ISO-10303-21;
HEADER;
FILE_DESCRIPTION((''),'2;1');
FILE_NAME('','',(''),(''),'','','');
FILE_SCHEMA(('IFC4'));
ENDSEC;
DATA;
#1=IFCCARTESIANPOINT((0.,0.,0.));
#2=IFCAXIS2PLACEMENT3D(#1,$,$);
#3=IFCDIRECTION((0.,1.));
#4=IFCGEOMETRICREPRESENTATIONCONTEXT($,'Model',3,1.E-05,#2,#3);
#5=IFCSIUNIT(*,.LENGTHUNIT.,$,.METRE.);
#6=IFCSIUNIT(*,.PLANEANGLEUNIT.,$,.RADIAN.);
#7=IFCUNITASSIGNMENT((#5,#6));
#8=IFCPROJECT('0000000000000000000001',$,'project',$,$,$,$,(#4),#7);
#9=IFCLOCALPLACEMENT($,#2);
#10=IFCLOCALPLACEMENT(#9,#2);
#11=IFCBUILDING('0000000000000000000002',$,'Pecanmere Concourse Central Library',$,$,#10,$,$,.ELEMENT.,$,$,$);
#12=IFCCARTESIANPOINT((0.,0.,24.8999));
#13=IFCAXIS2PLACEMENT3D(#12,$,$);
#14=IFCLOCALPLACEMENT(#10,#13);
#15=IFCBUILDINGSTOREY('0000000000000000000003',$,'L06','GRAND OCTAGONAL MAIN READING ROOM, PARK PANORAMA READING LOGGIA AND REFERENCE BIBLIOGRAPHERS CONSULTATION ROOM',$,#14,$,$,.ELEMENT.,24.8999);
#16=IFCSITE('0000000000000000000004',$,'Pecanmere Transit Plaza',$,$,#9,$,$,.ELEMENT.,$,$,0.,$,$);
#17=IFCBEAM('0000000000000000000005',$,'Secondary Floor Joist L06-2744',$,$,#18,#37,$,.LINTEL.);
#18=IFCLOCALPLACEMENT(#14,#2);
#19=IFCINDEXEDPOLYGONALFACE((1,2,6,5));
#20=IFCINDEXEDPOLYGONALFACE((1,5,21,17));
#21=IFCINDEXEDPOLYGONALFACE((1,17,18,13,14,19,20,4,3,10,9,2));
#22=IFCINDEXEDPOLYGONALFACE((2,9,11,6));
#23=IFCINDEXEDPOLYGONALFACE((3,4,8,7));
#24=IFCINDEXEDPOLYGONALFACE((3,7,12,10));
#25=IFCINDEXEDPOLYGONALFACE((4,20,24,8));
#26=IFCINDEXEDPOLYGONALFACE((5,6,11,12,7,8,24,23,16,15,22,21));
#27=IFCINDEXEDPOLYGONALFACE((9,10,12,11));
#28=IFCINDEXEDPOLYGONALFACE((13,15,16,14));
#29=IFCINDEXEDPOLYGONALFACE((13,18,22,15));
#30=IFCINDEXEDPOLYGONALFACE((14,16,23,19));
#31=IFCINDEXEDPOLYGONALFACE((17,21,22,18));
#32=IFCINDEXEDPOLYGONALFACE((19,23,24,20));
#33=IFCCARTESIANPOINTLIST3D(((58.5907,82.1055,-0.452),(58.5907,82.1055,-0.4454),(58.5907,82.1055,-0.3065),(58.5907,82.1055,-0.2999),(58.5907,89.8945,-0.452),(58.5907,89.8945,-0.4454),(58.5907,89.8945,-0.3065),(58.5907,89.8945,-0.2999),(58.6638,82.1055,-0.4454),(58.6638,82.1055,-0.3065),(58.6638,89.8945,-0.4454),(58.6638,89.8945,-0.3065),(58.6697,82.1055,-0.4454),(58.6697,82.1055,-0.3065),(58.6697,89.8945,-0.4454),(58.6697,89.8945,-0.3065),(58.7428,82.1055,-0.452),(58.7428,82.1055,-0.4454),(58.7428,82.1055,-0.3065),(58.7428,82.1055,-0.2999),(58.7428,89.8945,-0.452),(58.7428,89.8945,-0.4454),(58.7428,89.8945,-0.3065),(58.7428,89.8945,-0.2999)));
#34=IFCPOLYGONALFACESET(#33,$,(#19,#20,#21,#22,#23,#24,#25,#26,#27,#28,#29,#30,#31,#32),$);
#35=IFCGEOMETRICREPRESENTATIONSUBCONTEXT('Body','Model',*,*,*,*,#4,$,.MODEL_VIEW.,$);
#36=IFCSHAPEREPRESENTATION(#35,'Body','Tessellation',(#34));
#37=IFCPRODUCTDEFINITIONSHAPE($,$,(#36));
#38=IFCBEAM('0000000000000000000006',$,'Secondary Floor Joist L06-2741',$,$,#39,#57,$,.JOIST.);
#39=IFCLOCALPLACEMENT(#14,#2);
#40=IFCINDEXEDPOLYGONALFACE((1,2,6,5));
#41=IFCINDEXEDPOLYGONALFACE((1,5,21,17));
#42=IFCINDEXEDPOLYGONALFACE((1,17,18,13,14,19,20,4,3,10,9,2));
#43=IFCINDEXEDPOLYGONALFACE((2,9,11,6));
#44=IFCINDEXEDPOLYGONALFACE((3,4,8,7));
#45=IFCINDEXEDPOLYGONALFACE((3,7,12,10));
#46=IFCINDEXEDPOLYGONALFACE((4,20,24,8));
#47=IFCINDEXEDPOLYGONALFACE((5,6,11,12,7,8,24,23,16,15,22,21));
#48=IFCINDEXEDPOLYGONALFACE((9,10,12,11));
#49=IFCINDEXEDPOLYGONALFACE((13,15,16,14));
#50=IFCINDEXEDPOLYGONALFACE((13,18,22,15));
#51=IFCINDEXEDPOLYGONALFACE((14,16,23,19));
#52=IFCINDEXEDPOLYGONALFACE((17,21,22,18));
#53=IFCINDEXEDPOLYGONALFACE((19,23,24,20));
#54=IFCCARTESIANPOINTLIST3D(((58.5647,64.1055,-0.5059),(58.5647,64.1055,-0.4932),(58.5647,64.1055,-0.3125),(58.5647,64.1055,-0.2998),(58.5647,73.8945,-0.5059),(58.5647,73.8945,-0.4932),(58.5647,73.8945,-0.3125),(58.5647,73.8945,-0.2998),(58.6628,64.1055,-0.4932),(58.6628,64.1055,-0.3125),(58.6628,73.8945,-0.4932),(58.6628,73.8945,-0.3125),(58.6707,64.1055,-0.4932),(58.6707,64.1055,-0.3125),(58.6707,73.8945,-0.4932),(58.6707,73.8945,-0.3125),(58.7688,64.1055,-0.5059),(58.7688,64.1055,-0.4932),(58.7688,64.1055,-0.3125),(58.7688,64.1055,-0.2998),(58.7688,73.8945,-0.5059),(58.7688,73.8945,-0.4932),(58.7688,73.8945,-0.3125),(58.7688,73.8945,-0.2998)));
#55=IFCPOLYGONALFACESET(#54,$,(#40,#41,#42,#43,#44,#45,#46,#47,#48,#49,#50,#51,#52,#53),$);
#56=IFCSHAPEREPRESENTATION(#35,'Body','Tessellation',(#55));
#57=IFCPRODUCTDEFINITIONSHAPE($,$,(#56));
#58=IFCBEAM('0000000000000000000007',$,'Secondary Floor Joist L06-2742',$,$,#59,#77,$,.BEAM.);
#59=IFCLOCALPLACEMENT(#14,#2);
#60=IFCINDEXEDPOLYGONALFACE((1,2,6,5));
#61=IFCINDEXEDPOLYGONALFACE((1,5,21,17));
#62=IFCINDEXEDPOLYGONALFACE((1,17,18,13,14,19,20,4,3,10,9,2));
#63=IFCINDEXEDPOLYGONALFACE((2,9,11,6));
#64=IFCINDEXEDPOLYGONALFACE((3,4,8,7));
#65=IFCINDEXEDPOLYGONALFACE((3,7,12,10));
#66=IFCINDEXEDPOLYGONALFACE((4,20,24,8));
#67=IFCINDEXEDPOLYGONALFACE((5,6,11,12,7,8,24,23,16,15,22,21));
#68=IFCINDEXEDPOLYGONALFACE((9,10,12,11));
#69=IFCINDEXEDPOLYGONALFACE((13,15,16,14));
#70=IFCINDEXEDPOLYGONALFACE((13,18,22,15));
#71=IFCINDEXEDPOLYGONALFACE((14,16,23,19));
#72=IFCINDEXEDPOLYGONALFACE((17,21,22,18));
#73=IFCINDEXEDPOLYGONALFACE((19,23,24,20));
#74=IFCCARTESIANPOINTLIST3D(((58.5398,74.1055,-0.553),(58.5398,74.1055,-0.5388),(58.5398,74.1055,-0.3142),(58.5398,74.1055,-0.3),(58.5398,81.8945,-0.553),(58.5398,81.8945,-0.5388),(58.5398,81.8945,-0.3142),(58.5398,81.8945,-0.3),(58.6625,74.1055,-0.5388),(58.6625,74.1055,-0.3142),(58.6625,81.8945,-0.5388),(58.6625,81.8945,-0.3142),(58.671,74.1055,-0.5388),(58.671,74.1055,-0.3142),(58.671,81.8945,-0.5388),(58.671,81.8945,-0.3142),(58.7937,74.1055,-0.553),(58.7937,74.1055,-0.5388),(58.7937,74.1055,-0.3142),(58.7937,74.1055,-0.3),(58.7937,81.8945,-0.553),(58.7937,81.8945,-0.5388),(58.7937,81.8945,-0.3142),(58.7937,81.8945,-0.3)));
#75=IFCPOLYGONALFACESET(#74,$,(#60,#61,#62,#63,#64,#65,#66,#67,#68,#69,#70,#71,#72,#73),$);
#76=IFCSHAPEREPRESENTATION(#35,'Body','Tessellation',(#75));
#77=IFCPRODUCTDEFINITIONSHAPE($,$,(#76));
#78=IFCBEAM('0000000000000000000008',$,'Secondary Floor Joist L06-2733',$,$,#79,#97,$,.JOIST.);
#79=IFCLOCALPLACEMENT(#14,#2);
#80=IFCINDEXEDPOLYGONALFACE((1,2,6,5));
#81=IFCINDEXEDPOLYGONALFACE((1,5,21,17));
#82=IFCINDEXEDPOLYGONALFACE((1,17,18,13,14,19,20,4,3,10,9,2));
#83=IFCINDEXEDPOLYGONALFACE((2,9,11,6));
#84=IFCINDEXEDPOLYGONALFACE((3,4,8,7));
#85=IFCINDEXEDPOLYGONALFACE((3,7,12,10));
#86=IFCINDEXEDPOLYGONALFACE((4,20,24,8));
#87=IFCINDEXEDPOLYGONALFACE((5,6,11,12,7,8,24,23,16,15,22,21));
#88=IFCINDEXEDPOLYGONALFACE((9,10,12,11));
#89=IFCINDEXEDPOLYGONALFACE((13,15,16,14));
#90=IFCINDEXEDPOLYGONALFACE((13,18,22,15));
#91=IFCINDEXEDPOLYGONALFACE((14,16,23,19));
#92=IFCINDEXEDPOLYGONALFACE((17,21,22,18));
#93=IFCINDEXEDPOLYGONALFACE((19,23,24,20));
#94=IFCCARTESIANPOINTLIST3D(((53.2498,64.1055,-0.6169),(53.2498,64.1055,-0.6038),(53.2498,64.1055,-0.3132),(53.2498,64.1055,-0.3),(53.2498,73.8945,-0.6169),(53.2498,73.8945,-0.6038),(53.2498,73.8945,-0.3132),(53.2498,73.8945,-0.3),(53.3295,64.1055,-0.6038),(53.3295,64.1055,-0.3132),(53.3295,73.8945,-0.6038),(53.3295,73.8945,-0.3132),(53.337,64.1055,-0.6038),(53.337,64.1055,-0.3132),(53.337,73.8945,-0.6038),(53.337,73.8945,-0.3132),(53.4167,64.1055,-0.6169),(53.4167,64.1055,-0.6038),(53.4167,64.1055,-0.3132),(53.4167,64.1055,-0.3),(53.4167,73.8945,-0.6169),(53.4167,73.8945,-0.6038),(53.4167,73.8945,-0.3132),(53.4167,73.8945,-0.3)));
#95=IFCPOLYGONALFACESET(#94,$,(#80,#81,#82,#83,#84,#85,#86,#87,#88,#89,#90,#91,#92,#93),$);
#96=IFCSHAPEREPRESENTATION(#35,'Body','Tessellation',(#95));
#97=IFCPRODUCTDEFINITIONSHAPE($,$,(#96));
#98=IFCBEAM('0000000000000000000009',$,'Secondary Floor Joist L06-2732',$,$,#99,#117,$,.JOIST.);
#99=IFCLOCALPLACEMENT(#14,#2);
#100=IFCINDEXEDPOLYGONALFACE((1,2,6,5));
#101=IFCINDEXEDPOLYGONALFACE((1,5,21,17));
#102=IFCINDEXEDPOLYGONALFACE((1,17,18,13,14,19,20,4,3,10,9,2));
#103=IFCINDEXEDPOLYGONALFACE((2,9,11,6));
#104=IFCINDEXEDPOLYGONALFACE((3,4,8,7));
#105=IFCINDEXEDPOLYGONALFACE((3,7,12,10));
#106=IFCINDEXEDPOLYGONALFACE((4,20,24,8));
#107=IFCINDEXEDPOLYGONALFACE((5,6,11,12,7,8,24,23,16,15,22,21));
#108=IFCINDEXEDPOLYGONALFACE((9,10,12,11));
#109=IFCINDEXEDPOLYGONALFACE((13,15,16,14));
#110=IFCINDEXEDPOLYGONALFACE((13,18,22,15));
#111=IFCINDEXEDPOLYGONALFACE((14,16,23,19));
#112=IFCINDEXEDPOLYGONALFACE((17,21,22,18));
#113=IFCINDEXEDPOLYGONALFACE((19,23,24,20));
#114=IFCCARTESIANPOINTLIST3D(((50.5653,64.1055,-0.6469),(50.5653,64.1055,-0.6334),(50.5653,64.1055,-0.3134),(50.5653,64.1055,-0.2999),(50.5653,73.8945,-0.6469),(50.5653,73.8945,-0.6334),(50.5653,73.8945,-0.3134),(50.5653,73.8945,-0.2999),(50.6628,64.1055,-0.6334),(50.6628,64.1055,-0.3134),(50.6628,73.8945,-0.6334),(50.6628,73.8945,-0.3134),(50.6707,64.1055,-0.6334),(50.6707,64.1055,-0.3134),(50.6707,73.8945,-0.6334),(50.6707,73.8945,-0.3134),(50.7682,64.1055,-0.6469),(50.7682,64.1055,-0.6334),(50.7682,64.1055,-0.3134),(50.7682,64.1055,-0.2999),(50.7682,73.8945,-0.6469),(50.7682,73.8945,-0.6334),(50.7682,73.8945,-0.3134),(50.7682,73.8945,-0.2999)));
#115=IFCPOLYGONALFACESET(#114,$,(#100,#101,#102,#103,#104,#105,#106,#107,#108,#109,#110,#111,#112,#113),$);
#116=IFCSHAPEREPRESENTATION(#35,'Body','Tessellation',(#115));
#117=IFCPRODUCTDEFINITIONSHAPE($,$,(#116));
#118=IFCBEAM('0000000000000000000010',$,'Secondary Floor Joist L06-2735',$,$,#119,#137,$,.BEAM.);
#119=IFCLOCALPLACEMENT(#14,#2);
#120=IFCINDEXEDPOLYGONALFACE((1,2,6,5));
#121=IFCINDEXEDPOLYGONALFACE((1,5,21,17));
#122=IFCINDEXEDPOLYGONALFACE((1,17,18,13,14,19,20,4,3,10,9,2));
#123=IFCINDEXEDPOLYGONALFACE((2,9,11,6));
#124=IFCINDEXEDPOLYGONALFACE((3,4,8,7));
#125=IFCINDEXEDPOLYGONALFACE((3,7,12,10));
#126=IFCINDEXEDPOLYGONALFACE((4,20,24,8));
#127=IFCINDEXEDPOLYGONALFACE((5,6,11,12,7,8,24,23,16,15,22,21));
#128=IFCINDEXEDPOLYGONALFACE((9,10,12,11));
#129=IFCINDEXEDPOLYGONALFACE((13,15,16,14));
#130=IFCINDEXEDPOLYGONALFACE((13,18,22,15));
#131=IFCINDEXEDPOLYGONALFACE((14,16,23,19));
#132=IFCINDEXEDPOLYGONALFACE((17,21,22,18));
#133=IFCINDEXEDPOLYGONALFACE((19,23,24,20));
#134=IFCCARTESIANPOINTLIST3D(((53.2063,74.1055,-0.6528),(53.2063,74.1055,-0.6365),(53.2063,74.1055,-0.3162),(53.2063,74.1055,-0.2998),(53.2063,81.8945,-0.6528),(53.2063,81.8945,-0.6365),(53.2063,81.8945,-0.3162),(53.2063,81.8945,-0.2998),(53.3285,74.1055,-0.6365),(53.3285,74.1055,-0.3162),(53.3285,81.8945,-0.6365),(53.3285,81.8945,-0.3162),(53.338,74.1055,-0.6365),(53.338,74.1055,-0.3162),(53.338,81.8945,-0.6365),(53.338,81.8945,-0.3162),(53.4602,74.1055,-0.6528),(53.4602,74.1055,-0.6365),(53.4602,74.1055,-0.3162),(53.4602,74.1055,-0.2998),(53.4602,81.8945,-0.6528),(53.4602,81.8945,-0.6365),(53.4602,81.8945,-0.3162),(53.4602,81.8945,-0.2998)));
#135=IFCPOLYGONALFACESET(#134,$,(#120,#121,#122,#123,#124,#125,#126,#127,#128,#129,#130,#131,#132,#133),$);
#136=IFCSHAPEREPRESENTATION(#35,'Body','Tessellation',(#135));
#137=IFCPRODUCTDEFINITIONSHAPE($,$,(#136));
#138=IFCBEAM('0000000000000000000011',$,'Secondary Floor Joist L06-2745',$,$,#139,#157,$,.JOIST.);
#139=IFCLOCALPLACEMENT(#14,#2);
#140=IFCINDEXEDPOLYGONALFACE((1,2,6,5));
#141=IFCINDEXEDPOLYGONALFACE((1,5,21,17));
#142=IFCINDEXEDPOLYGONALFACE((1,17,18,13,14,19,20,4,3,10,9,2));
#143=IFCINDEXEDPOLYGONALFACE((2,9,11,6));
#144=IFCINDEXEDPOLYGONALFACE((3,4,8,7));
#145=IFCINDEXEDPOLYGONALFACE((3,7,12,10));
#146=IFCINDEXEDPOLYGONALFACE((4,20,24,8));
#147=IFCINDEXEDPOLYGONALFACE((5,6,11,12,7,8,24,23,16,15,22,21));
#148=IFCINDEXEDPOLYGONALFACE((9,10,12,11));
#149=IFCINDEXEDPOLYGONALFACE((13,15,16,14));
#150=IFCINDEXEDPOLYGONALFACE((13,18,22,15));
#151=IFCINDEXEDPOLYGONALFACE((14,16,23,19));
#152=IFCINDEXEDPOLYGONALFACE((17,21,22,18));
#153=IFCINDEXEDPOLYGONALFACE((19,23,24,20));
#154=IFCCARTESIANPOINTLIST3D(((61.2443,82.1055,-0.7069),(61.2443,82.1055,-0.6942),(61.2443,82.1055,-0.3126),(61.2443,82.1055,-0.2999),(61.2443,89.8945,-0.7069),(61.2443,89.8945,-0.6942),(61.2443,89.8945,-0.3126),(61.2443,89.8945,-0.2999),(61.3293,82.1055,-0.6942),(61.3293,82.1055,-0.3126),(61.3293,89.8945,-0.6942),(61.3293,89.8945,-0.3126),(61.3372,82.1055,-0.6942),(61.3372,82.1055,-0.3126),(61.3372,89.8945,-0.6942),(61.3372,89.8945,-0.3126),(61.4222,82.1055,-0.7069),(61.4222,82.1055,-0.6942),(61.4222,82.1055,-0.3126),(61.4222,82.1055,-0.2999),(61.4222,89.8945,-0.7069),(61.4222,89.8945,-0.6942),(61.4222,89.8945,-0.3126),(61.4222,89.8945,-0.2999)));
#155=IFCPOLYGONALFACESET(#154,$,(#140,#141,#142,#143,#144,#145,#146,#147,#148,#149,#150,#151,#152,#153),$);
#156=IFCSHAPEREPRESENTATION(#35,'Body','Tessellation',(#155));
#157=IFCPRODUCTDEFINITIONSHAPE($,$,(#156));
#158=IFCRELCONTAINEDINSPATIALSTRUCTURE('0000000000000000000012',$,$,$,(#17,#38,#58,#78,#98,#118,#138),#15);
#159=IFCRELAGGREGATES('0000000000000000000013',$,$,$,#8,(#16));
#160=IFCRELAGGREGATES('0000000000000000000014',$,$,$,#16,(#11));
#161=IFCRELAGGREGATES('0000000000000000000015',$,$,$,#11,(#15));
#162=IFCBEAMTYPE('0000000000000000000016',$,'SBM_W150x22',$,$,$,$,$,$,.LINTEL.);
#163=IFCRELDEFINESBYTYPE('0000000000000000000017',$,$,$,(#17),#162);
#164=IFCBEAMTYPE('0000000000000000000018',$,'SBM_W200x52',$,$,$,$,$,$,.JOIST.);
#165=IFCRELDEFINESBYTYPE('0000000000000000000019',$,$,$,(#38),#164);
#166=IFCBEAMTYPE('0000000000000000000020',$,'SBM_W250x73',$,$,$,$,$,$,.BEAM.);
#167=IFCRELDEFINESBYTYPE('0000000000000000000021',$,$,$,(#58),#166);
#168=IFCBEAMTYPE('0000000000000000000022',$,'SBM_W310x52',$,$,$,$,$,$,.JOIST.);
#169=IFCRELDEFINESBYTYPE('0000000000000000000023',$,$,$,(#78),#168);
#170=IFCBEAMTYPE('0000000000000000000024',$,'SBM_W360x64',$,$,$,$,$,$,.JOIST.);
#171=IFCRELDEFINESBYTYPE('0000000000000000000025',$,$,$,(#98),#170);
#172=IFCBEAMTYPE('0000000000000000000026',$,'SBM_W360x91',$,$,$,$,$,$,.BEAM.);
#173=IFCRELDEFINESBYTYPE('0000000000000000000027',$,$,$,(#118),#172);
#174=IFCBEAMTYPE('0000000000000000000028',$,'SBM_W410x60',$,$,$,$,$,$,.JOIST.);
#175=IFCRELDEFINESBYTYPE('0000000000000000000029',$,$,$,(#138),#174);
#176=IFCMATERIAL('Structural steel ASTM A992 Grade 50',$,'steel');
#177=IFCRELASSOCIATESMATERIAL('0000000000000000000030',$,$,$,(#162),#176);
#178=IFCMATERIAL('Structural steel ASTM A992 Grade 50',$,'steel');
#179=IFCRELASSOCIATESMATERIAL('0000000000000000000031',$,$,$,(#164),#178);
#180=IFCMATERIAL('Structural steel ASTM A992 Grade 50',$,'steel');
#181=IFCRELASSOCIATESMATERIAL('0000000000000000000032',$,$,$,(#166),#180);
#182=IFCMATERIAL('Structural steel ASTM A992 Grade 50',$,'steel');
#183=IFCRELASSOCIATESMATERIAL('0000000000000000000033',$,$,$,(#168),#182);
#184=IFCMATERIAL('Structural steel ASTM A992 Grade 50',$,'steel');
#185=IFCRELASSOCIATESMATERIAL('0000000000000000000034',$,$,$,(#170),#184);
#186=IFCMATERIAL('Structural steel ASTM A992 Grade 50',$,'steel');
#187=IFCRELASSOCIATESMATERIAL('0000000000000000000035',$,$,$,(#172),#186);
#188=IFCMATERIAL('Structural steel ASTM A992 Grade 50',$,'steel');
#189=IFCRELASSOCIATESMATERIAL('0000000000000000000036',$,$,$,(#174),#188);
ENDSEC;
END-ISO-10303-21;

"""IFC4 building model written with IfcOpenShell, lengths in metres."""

from ifc_helpers import new_model, si_unit, direction, frame, origin, origin_2d, place, context, subcontext, project, spatial, i_section, extrude, material, material_profile, profile_set, type_object, element, save


model = new_model("IFC4")

# Units and contexts
model_context = context("Model", 3, precision=1e-05, world=origin(), true_north=direction((0.0, 1.0)))
body_context = subcontext(model_context, "Body", "Model", "MODEL_VIEW")
ifc_project = project(units=[si_unit("LENGTHUNIT", "METRE"), si_unit("PLANEANGLEUNIT", "RADIAN")], contexts=[model_context])

# Site, building, storey
site_placement = place(None, origin())
site = spatial("IfcSite", under=ifc_project, at=site_placement, Name="Pecanmere Transit Plaza", CompositionType="ELEMENT", RefElevation=0.0)
building_placement = place(site_placement, origin())
building = spatial("IfcBuilding", under=site, at=building_placement, Name="Pecanmere Concourse Central Library", CompositionType="ELEMENT")
storey_placement = place(building_placement, frame((0.0, 0.0, 24.8999)))
storey = spatial("IfcBuildingStorey", under=building, at=storey_placement, Name="L06", Description="GRAND OCTAGONAL MAIN READING ROOM, PARK PANORAMA READING LOGGIA AND REFERENCE BIBLIOGRAPHERS CONSULTATION ROOM", CompositionType="ELEMENT", Elevation=24.8999)

# Beams
ifc_material_1 = material(Name="Structural steel ASTM A992 Grade 50", Category="steel")
ifc_material_profile_1 = material_profile(ifc_material_1, i_section(OverallWidth=0.1521, OverallDepth=0.1521, WebThickness=0.0059, FlangeThickness=0.0066, at=origin_2d()), Name="W150x22.5")
ifc_profile_set_1 = profile_set([ifc_material_profile_1], Name="Structural steel ASTM A992 Grade 50")
beam_type_1 = type_object("IfcBeamType", Name="SBM_W150x22", PredefinedType="LINTEL", material=ifc_profile_set_1)
beam_1_placement = place(storey_placement, frame((58.6667, 82.1055, -0.376), z_axis=(0.0, 1.0, 0.0), x_axis=(-1.0, 0.0, 0.0)))
element("IfcBeam", 1, at=beam_1_placement, inside=storey, type_object=beam_type_1, Name="Secondary Floor Joist L06-2744", PredefinedType="LINTEL", context=body_context, shape_type="SweptSolid", body=[
    extrude(i_section(OverallWidth=0.1521, OverallDepth=0.1521, WebThickness=0.0059, FlangeThickness=0.0066, at=origin_2d()), origin(), (0.0, 0.0, 1.0), 7.7891),
])
ifc_material_2 = material(Name="Structural steel ASTM A992 Grade 50", Category="steel")
ifc_material_profile_2 = material_profile(ifc_material_2, i_section(OverallWidth=0.2041, OverallDepth=0.2061, WebThickness=0.0078, FlangeThickness=0.0127, at=origin_2d()), Name="W200x52")
ifc_profile_set_2 = profile_set([ifc_material_profile_2], Name="Structural steel ASTM A992 Grade 50")
beam_type_2 = type_object("IfcBeamType", Name="SBM_W200x52", PredefinedType="JOIST", material=ifc_profile_set_2)
beam_2_placement = place(storey_placement, frame((58.6667, 64.1055, -0.4028), z_axis=(0.0, 1.0, 0.0), x_axis=(-1.0, 0.0, 0.0)))
element("IfcBeam", 2, at=beam_2_placement, inside=storey, type_object=beam_type_2, Name="Secondary Floor Joist L06-2741", PredefinedType="JOIST", context=body_context, shape_type="SweptSolid", body=[
    extrude(i_section(OverallWidth=0.2041, OverallDepth=0.2061, WebThickness=0.0078, FlangeThickness=0.0127, at=origin_2d()), origin(), (0.0, 0.0, 1.0), 9.7891),
])
ifc_material_3 = material(Name="Structural steel ASTM A992 Grade 50", Category="steel")
ifc_material_profile_3 = material_profile(ifc_material_3, i_section(OverallWidth=0.2539, OverallDepth=0.2529, WebThickness=0.0085, FlangeThickness=0.0142, at=origin_2d()), Name="W250x73")
ifc_profile_set_3 = profile_set([ifc_material_profile_3], Name="Structural steel ASTM A992 Grade 50")
beam_type_3 = type_object("IfcBeamType", Name="SBM_W250x73", PredefinedType="BEAM", material=ifc_profile_set_3)
beam_3_placement = place(storey_placement, frame((58.6667, 74.1055, -0.4265), z_axis=(0.0, 1.0, 0.0), x_axis=(-1.0, 0.0, 0.0)))
element("IfcBeam", 3, at=beam_3_placement, inside=storey, type_object=beam_type_3, Name="Secondary Floor Joist L06-2742", PredefinedType="BEAM", context=body_context, shape_type="SweptSolid", body=[
    extrude(i_section(OverallWidth=0.2539, OverallDepth=0.2529, WebThickness=0.0085, FlangeThickness=0.0142, at=origin_2d()), origin(), (0.0, 0.0, 1.0), 7.7891),
])
ifc_material_4 = material(Name="Structural steel ASTM A992 Grade 50", Category="steel")
ifc_material_profile_4 = material_profile(ifc_material_4, i_section(OverallWidth=0.167, OverallDepth=0.3169, WebThickness=0.0076, FlangeThickness=0.0132, at=origin_2d()), Name="W310x52")
ifc_profile_set_4 = profile_set([ifc_material_profile_4], Name="Structural steel ASTM A992 Grade 50")
beam_type_4 = type_object("IfcBeamType", Name="SBM_W310x52", PredefinedType="JOIST", material=ifc_profile_set_4)
beam_4_placement = place(storey_placement, frame((53.3333, 64.1055, -0.4585), z_axis=(0.0, 1.0, 0.0), x_axis=(-1.0, 0.0, 0.0)))
element("IfcBeam", 4, at=beam_4_placement, inside=storey, type_object=beam_type_4, Name="Secondary Floor Joist L06-2733", PredefinedType="JOIST", context=body_context, shape_type="SweptSolid", body=[
    extrude(i_section(OverallWidth=0.167, OverallDepth=0.3169, WebThickness=0.0076, FlangeThickness=0.0132, at=origin_2d()), origin(), (0.0, 0.0, 1.0), 9.7891),
])
ifc_material_5 = material(Name="Structural steel ASTM A992 Grade 50", Category="steel")
ifc_material_profile_5 = material_profile(ifc_material_5, i_section(OverallWidth=0.2029, OverallDepth=0.3469, WebThickness=0.0078, FlangeThickness=0.0134, at=origin_2d()), Name="W360x64")
ifc_profile_set_5 = profile_set([ifc_material_profile_5], Name="Structural steel ASTM A992 Grade 50")
beam_type_5 = type_object("IfcBeamType", Name="SBM_W360x64", PredefinedType="JOIST", material=ifc_profile_set_5)
beam_5_placement = place(storey_placement, frame((50.6667, 64.1055, -0.4734), z_axis=(0.0, 1.0, 0.0), x_axis=(-1.0, 0.0, 0.0)))
element("IfcBeam", 5, at=beam_5_placement, inside=storey, type_object=beam_type_5, Name="Secondary Floor Joist L06-2732", PredefinedType="JOIST", context=body_context, shape_type="SweptSolid", body=[
    extrude(i_section(OverallWidth=0.2029, OverallDepth=0.3469, WebThickness=0.0078, FlangeThickness=0.0134, at=origin_2d()), origin(), (0.0, 0.0, 1.0), 9.7891),
])
ifc_material_6 = material(Name="Structural steel ASTM A992 Grade 50", Category="steel")
ifc_material_profile_6 = material_profile(ifc_material_6, i_section(OverallWidth=0.2539, OverallDepth=0.353, WebThickness=0.0095, FlangeThickness=0.0164, at=origin_2d()), Name="W360x91")
ifc_profile_set_6 = profile_set([ifc_material_profile_6], Name="Structural steel ASTM A992 Grade 50")
beam_type_6 = type_object("IfcBeamType", Name="SBM_W360x91", PredefinedType="BEAM", material=ifc_profile_set_6)
beam_6_placement = place(storey_placement, frame((53.3333, 74.1055, -0.4763), z_axis=(0.0, 1.0, 0.0), x_axis=(-1.0, 0.0, 0.0)))
element("IfcBeam", 6, at=beam_6_placement, inside=storey, type_object=beam_type_6, Name="Secondary Floor Joist L06-2735", PredefinedType="BEAM", context=body_context, shape_type="SweptSolid", body=[
    extrude(i_section(OverallWidth=0.2539, OverallDepth=0.353, WebThickness=0.0095, FlangeThickness=0.0164, at=origin_2d()), origin(), (0.0, 0.0, 1.0), 7.7891),
])
ifc_material_7 = material(Name="Structural steel ASTM A992 Grade 50", Category="steel")
ifc_material_profile_7 = material_profile(ifc_material_7, i_section(OverallWidth=0.178, OverallDepth=0.407, WebThickness=0.0078, FlangeThickness=0.0127, at=origin_2d()), Name="W410x60")
ifc_profile_set_7 = profile_set([ifc_material_profile_7], Name="Structural steel ASTM A992 Grade 50")
beam_type_7 = type_object("IfcBeamType", Name="SBM_W410x60", PredefinedType="JOIST", material=ifc_profile_set_7)
beam_7_placement = place(storey_placement, frame((61.3333, 82.1055, -0.5034), z_axis=(0.0, 1.0, 0.0), x_axis=(-1.0, 0.0, 0.0)))
element("IfcBeam", 7, at=beam_7_placement, inside=storey, type_object=beam_type_7, Name="Secondary Floor Joist L06-2745", PredefinedType="JOIST", context=body_context, shape_type="SweptSolid", body=[
    extrude(i_section(OverallWidth=0.178, OverallDepth=0.407, WebThickness=0.0078, FlangeThickness=0.0127, at=origin_2d()), origin(), (0.0, 0.0, 1.0), 7.7891),
])

save(model, "model.ifc")
